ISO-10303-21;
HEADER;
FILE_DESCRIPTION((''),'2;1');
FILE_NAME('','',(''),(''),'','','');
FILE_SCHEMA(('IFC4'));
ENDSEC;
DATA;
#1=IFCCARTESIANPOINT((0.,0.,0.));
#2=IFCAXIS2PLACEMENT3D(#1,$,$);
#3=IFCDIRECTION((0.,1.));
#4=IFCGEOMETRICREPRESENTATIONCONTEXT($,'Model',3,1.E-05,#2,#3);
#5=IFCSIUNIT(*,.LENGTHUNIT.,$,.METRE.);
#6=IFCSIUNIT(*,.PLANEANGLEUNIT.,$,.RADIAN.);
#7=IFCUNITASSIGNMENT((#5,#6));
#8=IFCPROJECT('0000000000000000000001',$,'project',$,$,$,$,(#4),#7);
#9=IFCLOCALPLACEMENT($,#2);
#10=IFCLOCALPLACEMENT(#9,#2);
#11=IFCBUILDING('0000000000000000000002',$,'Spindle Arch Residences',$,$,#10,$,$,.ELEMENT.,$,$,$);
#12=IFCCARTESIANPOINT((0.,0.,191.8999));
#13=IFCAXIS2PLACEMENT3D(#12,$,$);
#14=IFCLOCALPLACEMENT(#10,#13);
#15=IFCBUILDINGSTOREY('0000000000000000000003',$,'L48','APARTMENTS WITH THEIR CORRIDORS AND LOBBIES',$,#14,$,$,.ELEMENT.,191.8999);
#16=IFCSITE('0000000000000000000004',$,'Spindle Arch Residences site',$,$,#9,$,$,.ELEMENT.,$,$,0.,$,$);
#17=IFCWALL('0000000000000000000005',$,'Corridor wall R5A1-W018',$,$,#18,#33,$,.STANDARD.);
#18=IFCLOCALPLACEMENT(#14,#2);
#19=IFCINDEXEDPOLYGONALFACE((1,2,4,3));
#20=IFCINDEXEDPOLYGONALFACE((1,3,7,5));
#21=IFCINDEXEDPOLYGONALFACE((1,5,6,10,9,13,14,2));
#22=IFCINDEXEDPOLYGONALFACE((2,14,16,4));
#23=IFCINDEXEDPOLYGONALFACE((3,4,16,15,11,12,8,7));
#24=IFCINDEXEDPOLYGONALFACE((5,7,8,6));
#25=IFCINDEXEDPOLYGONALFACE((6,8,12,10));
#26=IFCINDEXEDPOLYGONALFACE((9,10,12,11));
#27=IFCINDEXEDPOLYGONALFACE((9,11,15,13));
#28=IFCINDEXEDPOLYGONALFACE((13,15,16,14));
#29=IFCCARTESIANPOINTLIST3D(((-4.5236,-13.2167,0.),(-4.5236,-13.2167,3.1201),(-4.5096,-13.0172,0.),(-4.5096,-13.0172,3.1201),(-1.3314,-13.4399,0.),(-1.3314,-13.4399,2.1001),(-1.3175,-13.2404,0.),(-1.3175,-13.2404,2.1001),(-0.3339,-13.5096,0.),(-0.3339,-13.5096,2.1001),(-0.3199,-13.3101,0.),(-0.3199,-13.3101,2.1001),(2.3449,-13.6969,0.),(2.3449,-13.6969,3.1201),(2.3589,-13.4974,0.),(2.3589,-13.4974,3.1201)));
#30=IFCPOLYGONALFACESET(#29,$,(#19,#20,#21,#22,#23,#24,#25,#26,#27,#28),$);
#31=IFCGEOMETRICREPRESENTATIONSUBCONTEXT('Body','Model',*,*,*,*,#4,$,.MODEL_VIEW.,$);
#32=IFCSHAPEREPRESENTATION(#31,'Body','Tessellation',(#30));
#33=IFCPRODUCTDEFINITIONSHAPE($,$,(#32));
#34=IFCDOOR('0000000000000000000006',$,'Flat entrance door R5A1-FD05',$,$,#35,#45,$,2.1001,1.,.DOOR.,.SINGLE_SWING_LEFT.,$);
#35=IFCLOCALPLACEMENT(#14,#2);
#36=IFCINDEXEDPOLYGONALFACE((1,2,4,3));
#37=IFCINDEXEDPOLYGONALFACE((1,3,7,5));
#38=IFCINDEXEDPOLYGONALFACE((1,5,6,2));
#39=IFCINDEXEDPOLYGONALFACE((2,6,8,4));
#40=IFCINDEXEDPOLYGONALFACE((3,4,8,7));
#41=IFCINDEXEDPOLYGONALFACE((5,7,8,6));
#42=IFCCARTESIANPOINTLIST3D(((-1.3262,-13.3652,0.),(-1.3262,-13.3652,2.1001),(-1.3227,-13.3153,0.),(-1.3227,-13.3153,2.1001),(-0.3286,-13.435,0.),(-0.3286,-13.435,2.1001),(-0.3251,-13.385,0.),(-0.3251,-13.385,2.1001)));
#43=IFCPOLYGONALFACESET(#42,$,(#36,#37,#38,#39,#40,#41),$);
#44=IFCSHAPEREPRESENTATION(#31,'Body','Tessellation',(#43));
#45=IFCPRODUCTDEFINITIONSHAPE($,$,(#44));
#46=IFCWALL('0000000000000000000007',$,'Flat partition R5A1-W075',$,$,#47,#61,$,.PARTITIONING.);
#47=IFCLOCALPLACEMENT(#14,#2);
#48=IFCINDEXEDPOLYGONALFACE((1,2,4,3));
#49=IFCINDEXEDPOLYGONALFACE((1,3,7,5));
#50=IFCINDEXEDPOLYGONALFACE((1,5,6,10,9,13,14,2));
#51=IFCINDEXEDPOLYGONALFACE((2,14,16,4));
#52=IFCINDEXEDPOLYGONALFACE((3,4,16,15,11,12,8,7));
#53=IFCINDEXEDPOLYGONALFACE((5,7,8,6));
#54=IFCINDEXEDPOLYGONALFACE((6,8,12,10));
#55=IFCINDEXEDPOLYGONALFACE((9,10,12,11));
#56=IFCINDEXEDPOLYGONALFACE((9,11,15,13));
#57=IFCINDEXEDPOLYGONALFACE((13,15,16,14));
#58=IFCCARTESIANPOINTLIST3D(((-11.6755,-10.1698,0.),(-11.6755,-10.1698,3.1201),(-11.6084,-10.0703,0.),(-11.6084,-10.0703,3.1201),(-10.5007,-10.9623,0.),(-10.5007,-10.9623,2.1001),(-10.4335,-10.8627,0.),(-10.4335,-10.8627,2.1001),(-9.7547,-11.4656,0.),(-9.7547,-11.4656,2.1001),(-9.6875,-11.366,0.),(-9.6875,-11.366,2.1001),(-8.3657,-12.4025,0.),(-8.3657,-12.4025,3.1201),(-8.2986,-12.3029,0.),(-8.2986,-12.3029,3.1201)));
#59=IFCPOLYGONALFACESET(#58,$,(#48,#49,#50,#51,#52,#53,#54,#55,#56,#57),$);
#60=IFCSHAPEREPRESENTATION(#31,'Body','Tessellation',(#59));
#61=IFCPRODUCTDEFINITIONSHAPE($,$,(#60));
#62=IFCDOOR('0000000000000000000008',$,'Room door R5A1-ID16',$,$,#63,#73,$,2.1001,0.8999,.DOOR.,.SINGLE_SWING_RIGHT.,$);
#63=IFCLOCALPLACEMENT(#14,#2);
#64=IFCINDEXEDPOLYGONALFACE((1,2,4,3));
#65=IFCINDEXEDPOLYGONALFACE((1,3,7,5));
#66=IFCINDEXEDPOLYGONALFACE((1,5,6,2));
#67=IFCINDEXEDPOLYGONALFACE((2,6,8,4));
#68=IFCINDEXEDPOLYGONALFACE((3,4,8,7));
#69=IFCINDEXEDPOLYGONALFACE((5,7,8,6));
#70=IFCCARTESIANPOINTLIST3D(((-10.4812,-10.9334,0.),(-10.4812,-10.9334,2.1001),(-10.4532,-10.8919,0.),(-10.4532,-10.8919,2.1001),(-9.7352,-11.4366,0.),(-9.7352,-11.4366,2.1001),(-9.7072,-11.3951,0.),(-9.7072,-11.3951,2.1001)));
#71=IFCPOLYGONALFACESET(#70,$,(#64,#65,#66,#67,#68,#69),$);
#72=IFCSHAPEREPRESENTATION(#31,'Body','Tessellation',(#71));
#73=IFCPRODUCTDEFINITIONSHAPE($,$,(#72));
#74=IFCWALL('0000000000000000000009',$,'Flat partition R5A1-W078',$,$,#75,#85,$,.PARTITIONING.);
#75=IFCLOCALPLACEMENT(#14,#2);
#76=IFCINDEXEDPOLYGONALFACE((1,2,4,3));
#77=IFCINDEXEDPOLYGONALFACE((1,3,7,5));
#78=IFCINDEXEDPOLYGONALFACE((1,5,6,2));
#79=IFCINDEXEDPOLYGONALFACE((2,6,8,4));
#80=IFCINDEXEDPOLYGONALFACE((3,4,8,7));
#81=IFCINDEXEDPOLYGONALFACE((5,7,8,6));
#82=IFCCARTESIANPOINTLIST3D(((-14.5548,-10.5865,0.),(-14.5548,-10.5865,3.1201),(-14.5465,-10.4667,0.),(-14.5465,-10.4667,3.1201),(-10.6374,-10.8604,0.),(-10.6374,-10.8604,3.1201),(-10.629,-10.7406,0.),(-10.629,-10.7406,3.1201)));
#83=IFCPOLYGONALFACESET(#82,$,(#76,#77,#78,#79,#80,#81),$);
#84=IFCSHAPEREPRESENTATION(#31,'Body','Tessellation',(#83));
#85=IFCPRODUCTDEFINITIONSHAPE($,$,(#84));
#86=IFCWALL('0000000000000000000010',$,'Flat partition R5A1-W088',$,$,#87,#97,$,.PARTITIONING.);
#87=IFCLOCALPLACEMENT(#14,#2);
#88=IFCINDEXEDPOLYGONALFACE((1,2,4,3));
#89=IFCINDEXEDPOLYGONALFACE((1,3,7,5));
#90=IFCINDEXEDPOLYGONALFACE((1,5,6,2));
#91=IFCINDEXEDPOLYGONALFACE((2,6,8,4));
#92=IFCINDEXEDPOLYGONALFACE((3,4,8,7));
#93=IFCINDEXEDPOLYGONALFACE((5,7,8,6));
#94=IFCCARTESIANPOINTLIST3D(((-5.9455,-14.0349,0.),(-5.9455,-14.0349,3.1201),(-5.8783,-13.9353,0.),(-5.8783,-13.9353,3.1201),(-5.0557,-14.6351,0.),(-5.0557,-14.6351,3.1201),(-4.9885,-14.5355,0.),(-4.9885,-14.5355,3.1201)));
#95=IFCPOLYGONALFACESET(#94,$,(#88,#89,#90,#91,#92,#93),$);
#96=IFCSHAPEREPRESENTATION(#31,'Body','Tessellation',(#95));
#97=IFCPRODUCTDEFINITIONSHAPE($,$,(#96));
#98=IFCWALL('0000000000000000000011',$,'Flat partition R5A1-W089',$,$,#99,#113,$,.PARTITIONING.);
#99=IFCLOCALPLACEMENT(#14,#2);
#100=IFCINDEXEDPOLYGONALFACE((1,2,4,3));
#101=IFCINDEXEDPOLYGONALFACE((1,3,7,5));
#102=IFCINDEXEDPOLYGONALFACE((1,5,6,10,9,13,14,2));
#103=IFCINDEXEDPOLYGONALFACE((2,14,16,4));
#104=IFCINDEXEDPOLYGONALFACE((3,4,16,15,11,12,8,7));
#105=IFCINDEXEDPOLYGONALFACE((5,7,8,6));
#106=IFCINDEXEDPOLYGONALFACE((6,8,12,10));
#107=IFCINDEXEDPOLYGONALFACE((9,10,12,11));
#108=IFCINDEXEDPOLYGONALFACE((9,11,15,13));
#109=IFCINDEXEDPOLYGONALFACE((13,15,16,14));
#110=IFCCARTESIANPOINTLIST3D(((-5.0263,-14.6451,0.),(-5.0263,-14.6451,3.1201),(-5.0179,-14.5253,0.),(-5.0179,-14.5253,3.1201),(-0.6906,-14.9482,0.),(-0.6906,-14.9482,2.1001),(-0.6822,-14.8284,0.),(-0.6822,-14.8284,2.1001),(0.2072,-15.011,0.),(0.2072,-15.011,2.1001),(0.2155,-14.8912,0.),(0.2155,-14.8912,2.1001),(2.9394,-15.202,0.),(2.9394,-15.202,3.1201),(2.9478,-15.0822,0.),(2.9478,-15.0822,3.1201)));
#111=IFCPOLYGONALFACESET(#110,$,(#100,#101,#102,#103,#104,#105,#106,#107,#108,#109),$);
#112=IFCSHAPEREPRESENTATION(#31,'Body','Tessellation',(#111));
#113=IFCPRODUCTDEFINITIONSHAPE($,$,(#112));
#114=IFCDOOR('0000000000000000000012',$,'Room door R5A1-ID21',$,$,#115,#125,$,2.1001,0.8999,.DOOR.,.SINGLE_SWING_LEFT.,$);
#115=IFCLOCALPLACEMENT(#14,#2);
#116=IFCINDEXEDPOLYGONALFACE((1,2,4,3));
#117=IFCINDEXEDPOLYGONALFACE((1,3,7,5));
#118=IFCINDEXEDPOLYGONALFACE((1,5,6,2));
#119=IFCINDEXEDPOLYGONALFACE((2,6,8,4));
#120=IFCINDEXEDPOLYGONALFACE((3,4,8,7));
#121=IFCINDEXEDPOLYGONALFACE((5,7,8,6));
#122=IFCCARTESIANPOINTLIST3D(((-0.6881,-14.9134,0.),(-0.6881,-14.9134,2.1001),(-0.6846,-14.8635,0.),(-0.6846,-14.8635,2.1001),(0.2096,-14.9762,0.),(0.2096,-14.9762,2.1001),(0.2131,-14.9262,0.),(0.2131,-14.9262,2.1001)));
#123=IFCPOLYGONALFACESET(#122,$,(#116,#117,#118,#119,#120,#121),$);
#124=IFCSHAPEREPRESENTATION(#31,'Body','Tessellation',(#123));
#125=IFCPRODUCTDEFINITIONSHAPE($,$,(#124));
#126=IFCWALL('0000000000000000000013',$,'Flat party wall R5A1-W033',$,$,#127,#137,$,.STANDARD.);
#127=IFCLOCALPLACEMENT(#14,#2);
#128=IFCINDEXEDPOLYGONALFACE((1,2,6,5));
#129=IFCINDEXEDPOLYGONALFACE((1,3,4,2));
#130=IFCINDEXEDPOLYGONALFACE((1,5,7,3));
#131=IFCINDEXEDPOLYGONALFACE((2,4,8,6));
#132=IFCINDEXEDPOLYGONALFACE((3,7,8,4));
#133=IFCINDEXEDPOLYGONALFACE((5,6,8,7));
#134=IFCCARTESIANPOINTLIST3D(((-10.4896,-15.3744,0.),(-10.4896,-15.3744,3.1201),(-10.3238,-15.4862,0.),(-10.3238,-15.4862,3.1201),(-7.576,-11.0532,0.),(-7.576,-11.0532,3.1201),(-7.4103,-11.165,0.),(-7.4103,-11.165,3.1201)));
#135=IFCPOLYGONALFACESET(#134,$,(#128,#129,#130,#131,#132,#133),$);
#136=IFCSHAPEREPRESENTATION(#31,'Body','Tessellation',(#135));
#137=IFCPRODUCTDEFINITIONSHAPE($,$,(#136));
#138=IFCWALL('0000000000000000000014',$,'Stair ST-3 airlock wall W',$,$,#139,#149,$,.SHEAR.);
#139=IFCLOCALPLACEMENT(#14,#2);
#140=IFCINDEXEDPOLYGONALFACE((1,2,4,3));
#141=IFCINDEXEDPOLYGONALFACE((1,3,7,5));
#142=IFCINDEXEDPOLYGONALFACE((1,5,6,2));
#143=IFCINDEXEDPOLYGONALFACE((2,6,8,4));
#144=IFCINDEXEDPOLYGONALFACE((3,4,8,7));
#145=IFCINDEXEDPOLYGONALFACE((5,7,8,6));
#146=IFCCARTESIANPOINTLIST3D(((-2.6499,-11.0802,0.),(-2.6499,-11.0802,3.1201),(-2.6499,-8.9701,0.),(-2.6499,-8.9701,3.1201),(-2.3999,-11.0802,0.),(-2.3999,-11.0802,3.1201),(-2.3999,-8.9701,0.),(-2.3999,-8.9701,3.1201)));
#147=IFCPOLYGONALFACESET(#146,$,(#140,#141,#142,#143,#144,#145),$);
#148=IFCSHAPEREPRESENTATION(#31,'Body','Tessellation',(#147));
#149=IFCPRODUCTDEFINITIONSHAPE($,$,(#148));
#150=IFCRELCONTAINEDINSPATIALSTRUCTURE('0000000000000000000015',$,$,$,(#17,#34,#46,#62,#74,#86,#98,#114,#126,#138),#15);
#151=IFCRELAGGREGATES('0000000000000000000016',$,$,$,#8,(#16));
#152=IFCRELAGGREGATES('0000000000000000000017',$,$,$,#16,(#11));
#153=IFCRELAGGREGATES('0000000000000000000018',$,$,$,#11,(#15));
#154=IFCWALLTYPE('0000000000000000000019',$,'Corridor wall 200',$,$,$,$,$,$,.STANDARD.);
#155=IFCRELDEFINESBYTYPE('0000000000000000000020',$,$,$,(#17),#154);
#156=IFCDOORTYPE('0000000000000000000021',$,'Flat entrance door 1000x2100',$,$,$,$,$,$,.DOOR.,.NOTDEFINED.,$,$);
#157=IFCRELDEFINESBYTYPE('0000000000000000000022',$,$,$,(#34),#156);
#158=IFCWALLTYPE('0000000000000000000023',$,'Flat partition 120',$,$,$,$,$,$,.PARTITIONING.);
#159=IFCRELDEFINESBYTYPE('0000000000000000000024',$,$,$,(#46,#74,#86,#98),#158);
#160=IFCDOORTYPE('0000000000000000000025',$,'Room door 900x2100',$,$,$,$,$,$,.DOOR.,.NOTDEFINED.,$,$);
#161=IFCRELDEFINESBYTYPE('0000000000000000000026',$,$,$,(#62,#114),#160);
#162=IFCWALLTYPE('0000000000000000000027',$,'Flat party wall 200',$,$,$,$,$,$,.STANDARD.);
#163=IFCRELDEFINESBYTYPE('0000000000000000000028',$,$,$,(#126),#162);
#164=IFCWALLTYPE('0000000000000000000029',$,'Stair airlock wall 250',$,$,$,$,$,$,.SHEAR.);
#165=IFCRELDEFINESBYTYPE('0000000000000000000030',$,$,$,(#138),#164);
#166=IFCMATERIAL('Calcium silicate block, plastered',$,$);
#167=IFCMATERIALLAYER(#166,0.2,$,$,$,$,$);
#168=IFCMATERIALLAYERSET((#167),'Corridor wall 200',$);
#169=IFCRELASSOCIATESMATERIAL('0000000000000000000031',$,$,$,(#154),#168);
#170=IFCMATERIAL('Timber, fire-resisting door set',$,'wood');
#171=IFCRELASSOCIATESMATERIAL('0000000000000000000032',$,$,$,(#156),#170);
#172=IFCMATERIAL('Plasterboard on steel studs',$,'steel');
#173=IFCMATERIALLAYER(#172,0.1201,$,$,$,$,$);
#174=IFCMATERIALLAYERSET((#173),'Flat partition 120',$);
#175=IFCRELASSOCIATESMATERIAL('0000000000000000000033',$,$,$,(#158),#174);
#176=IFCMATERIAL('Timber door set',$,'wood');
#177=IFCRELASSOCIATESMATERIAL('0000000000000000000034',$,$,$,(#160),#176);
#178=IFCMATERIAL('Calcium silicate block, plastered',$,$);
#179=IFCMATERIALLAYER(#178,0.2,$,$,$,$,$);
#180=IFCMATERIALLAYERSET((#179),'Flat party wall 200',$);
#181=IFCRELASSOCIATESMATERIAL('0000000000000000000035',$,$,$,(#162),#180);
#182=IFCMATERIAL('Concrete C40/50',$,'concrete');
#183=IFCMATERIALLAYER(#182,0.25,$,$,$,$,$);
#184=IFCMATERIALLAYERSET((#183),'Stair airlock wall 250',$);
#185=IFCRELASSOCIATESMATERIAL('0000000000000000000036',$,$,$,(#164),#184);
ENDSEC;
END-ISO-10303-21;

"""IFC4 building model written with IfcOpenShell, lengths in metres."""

from ifc_helpers import new_model, si_unit, direction, frame, frame_2d, origin, place, context, subcontext, project, spatial, rectangle, extrude, material, layer, layer_set, type_object, element, fill, save


model = new_model("IFC4")

# Units and contexts
model_context = context("Model", 3, precision=1e-05, world=origin(), true_north=direction((0.0, 1.0)))
body_context = subcontext(model_context, "Body", "Model", "MODEL_VIEW")
ifc_project = project(units=[si_unit("LENGTHUNIT", "METRE"), si_unit("PLANEANGLEUNIT", "RADIAN")], contexts=[model_context])

# Site, building, storey
site_placement = place(None, origin())
site = spatial("IfcSite", under=ifc_project, at=site_placement, Name="Spindle Arch Residences site", CompositionType="ELEMENT", RefElevation=0.0)
building_placement = place(site_placement, origin())
building = spatial("IfcBuilding", under=site, at=building_placement, Name="Spindle Arch Residences", CompositionType="ELEMENT")
storey_placement = place(building_placement, frame((0.0, 0.0, 191.8999)))
storey = spatial("IfcBuildingStorey", under=building, at=storey_placement, Name="L48", Description="APARTMENTS WITH THEIR CORRIDORS AND LOBBIES", CompositionType="ELEMENT", Elevation=191.8999)

# Walls, openings, doors
ifc_material_1 = material(Name="Calcium silicate block, plastered")
ifc_layer_1 = layer(ifc_material_1, 0.2)
ifc_layer_set_1 = layer_set([ifc_layer_1], Name="Corridor wall 200")
wall_type_1 = type_object("IfcWallType", Name="Corridor wall 200", PredefinedType="STANDARD", material=ifc_layer_set_1)
ifc_material_2 = material(Name="Timber, fire-resisting door set", Category="wood")
door_type_1 = type_object("IfcDoorType", Name="Flat entrance door 1000x2100", OperationType="NOTDEFINED", PredefinedType="DOOR", material=ifc_material_2)
wall_1_placement = place(storey_placement, frame((-4.5166, -13.1169, 0.0), z_axis=(0.0, 0.0, 1.0), x_axis=(0.997565, -0.069748, 0.0)))
wall_1 = element("IfcWall", 1, at=wall_1_placement, inside=storey, type_object=wall_type_1, Name="Corridor wall R5A1-W018", PredefinedType="STANDARD", context=body_context, shape_type="SweptSolid", body=[
    extrude(rectangle(XDim=6.8853, YDim=0.2, at=frame_2d((3.4426, 0.0))), origin(), (0.0, 0.0, 1.0), 3.1201),
])
opening_1_placement = place(wall_1_placement, frame((3.2, 0.0, 0.0)))
opening_1 = element("IfcOpeningElement", 2, at=opening_1_placement, cuts=wall_1, PredefinedType="OPENING", context=body_context, shape_type="SweptSolid", body=[
    extrude(rectangle(XDim=1.0, YDim=2.1001, at=frame_2d((0.5, 1.05))), frame((0.0, 0.1099, 0.0), z_axis=(0.0, -1.0, 0.0), x_axis=(1.0, 0.0, 0.0)), (0.0, 0.0, 1.0), 0.22),
])
door_1_placement = place(opening_1_placement, origin())
door_1 = element("IfcDoor", 3, at=door_1_placement, inside=storey, type_object=door_type_1, Name="Flat entrance door R5A1-FD05", OperationType="SINGLE_SWING_LEFT", OverallHeight=2.1001, OverallWidth=1.0, PredefinedType="DOOR", context=body_context, shape_type="SweptSolid", body=[
    extrude(rectangle(XDim=1.0, YDim=2.1001, at=frame_2d((0.5, 1.05))), frame((0.0, 0.0249, 0.0), z_axis=(0.0, -1.0, 0.0), x_axis=(1.0, 0.0, 0.0)), (0.0, 0.0, 1.0), 0.05),
])
fill(opening_1, door_1)
ifc_material_3 = material(Name="Plasterboard on steel studs", Category="steel")
ifc_layer_2 = layer(ifc_material_3, 0.1201)
ifc_layer_set_2 = layer_set([ifc_layer_2], Name="Flat partition 120")
wall_type_2 = type_object("IfcWallType", Name="Flat partition 120", PredefinedType="PARTITIONING", material=ifc_layer_set_2)
wall_2_placement = place(storey_placement, frame((-11.6418, -10.1201, 0.0), z_axis=(0.0, 0.0, 1.0), x_axis=(0.829018, -0.559222, 0.0)))
wall_2 = element("IfcWall", 4, at=wall_2_placement, inside=storey, type_object=wall_type_2, Name="Flat partition R5A1-W075", PredefinedType="PARTITIONING", context=body_context, shape_type="SweptSolid", body=[
    extrude(rectangle(XDim=3.9924, YDim=0.1201, at=frame_2d((1.9961, 0.0))), origin(), (0.0, 0.0, 1.0), 3.1201),
])
opening_2_placement = place(wall_2_placement, frame((1.417, 0.0, 0.0)))
opening_2 = element("IfcOpeningElement", 5, at=opening_2_placement, cuts=wall_2, PredefinedType="OPENING", context=body_context, shape_type="SweptSolid", body=[
    extrude(rectangle(XDim=0.8999, YDim=2.1001, at=frame_2d((0.45, 1.05))), frame((0.0, 0.0701, 0.0), z_axis=(0.0, -1.0, 0.0), x_axis=(1.0, 0.0, 0.0)), (0.0, 0.0, 1.0), 0.1401),
])
ifc_material_4 = material(Name="Timber door set", Category="wood")
door_type_2 = type_object("IfcDoorType", Name="Room door 900x2100", OperationType="NOTDEFINED", PredefinedType="DOOR", material=ifc_material_4)
door_2_placement = place(opening_2_placement, origin())
door_2 = element("IfcDoor", 6, at=door_2_placement, inside=storey, type_object=door_type_2, Name="Room door R5A1-ID16", OperationType="SINGLE_SWING_RIGHT", OverallHeight=2.1001, OverallWidth=0.8999, PredefinedType="DOOR", context=body_context, shape_type="SweptSolid", body=[
    extrude(rectangle(XDim=0.8999, YDim=2.1001, at=frame_2d((0.45, 1.05))), frame((0.0, 0.0249, 0.0), z_axis=(0.0, -1.0, 0.0), x_axis=(1.0, 0.0, 0.0)), (0.0, 0.0, 1.0), 0.05),
])
fill(opening_2, door_2)

# Walls
wall_3_placement = place(storey_placement, frame((-14.5505, -10.5266, 0.0), z_axis=(0.0, 0.0, 1.0), x_axis=(0.997564, -0.069754, 0.0)))
element("IfcWall", 7, at=wall_3_placement, inside=storey, type_object=wall_type_2, Name="Flat partition R5A1-W078", PredefinedType="PARTITIONING", context=body_context, shape_type="SweptSolid", body=[
    extrude(rectangle(XDim=3.927, YDim=0.1201, at=frame_2d((1.9634, 0.0))), origin(), (0.0, 0.0, 1.0), 3.1201),
])
wall_4_placement = place(storey_placement, frame((-5.9119, -13.9851, 0.0), z_axis=(0.0, 0.0, 1.0), x_axis=(0.829028, -0.559207, 0.0)))
element("IfcWall", 8, at=wall_4_placement, inside=storey, type_object=wall_type_2, Name="Flat partition R5A1-W088", PredefinedType="PARTITIONING", context=body_context, shape_type="SweptSolid", body=[
    extrude(rectangle(XDim=1.0732, YDim=0.1201, at=frame_2d((0.5366, 0.0))), origin(), (0.0, 0.0, 1.0), 3.1201),
])

# Wall, opening, door
wall_5_placement = place(storey_placement, frame((-5.0222, -14.5852, 0.0), z_axis=(0.0, 0.0, 1.0), x_axis=(0.997565, -0.069741, 0.0)))
wall_5 = element("IfcWall", 9, at=wall_5_placement, inside=storey, type_object=wall_type_2, Name="Flat partition R5A1-W089", PredefinedType="PARTITIONING", context=body_context, shape_type="SweptSolid", body=[
    extrude(rectangle(XDim=7.9851, YDim=0.1201, at=frame_2d((3.9927, 0.0))), origin(), (0.0, 0.0, 1.0), 3.1201),
])
opening_3_placement = place(wall_5_placement, frame((4.3464, 0.0, 0.0)))
opening_3 = element("IfcOpeningElement", 10, at=opening_3_placement, cuts=wall_5, PredefinedType="OPENING", context=body_context, shape_type="SweptSolid", body=[
    extrude(rectangle(XDim=0.8999, YDim=2.1001, at=frame_2d((0.45, 1.05))), frame((0.0, 0.0701, 0.0), z_axis=(0.0, -1.0, 0.0), x_axis=(1.0, 0.0, 0.0)), (0.0, 0.0, 1.0), 0.1401),
])
door_3_placement = place(opening_3_placement, origin())
door_3 = element("IfcDoor", 11, at=door_3_placement, inside=storey, type_object=door_type_2, Name="Room door R5A1-ID21", OperationType="SINGLE_SWING_LEFT", OverallHeight=2.1001, OverallWidth=0.8999, PredefinedType="DOOR", context=body_context, shape_type="SweptSolid", body=[
    extrude(rectangle(XDim=0.8999, YDim=2.1001, at=frame_2d((0.45, 1.05))), frame((0.0, 0.0249, 0.0), z_axis=(0.0, -1.0, 0.0), x_axis=(1.0, 0.0, 0.0)), (0.0, 0.0, 1.0), 0.05),
])
fill(opening_3, door_3)

# Walls
ifc_material_5 = material(Name="Calcium silicate block, plastered")
ifc_layer_3 = layer(ifc_material_5, 0.2)
ifc_layer_set_3 = layer_set([ifc_layer_3], Name="Flat party wall 200")
wall_type_3 = type_object("IfcWallType", Name="Flat party wall 200", PredefinedType="STANDARD", material=ifc_layer_set_3)
wall_6_placement = place(storey_placement, frame((-10.4067, -15.4304, 0.0), z_axis=(0.0, 0.0, 1.0), x_axis=(0.559038, 0.829142, 0.0)))
element("IfcWall", 12, at=wall_6_placement, inside=storey, type_object=wall_type_3, Name="Flat party wall R5A1-W033", PredefinedType="STANDARD", context=body_context, shape_type="SweptSolid", body=[
    extrude(rectangle(XDim=5.2117, YDim=0.2, at=frame_2d((2.606, 0.0))), origin(), (0.0, 0.0, 1.0), 3.1201),
])
ifc_material_6 = material(Name="Concrete C40/50", Category="concrete")
ifc_layer_4 = layer(ifc_material_6, 0.25)
ifc_layer_set_4 = layer_set([ifc_layer_4], Name="Stair airlock wall 250")
wall_type_4 = type_object("IfcWallType", Name="Stair airlock wall 250", PredefinedType="SHEAR", material=ifc_layer_set_4)
wall_7_placement = place(storey_placement, frame((-2.5249, -8.97, 0.0), z_axis=(0.0, 0.0, 1.0), x_axis=(0.0, -1.0, 0.0)))
element("IfcWall", 13, at=wall_7_placement, inside=storey, type_object=wall_type_4, Name="Stair ST-3 airlock wall W", PredefinedType="SHEAR", context=body_context, shape_type="SweptSolid", body=[
    extrude(rectangle(XDim=2.1101, YDim=0.25, at=frame_2d((1.0552, 0.0))), origin(), (0.0, 0.0, 1.0), 3.1201),
])

save(model, "model.ifc")
